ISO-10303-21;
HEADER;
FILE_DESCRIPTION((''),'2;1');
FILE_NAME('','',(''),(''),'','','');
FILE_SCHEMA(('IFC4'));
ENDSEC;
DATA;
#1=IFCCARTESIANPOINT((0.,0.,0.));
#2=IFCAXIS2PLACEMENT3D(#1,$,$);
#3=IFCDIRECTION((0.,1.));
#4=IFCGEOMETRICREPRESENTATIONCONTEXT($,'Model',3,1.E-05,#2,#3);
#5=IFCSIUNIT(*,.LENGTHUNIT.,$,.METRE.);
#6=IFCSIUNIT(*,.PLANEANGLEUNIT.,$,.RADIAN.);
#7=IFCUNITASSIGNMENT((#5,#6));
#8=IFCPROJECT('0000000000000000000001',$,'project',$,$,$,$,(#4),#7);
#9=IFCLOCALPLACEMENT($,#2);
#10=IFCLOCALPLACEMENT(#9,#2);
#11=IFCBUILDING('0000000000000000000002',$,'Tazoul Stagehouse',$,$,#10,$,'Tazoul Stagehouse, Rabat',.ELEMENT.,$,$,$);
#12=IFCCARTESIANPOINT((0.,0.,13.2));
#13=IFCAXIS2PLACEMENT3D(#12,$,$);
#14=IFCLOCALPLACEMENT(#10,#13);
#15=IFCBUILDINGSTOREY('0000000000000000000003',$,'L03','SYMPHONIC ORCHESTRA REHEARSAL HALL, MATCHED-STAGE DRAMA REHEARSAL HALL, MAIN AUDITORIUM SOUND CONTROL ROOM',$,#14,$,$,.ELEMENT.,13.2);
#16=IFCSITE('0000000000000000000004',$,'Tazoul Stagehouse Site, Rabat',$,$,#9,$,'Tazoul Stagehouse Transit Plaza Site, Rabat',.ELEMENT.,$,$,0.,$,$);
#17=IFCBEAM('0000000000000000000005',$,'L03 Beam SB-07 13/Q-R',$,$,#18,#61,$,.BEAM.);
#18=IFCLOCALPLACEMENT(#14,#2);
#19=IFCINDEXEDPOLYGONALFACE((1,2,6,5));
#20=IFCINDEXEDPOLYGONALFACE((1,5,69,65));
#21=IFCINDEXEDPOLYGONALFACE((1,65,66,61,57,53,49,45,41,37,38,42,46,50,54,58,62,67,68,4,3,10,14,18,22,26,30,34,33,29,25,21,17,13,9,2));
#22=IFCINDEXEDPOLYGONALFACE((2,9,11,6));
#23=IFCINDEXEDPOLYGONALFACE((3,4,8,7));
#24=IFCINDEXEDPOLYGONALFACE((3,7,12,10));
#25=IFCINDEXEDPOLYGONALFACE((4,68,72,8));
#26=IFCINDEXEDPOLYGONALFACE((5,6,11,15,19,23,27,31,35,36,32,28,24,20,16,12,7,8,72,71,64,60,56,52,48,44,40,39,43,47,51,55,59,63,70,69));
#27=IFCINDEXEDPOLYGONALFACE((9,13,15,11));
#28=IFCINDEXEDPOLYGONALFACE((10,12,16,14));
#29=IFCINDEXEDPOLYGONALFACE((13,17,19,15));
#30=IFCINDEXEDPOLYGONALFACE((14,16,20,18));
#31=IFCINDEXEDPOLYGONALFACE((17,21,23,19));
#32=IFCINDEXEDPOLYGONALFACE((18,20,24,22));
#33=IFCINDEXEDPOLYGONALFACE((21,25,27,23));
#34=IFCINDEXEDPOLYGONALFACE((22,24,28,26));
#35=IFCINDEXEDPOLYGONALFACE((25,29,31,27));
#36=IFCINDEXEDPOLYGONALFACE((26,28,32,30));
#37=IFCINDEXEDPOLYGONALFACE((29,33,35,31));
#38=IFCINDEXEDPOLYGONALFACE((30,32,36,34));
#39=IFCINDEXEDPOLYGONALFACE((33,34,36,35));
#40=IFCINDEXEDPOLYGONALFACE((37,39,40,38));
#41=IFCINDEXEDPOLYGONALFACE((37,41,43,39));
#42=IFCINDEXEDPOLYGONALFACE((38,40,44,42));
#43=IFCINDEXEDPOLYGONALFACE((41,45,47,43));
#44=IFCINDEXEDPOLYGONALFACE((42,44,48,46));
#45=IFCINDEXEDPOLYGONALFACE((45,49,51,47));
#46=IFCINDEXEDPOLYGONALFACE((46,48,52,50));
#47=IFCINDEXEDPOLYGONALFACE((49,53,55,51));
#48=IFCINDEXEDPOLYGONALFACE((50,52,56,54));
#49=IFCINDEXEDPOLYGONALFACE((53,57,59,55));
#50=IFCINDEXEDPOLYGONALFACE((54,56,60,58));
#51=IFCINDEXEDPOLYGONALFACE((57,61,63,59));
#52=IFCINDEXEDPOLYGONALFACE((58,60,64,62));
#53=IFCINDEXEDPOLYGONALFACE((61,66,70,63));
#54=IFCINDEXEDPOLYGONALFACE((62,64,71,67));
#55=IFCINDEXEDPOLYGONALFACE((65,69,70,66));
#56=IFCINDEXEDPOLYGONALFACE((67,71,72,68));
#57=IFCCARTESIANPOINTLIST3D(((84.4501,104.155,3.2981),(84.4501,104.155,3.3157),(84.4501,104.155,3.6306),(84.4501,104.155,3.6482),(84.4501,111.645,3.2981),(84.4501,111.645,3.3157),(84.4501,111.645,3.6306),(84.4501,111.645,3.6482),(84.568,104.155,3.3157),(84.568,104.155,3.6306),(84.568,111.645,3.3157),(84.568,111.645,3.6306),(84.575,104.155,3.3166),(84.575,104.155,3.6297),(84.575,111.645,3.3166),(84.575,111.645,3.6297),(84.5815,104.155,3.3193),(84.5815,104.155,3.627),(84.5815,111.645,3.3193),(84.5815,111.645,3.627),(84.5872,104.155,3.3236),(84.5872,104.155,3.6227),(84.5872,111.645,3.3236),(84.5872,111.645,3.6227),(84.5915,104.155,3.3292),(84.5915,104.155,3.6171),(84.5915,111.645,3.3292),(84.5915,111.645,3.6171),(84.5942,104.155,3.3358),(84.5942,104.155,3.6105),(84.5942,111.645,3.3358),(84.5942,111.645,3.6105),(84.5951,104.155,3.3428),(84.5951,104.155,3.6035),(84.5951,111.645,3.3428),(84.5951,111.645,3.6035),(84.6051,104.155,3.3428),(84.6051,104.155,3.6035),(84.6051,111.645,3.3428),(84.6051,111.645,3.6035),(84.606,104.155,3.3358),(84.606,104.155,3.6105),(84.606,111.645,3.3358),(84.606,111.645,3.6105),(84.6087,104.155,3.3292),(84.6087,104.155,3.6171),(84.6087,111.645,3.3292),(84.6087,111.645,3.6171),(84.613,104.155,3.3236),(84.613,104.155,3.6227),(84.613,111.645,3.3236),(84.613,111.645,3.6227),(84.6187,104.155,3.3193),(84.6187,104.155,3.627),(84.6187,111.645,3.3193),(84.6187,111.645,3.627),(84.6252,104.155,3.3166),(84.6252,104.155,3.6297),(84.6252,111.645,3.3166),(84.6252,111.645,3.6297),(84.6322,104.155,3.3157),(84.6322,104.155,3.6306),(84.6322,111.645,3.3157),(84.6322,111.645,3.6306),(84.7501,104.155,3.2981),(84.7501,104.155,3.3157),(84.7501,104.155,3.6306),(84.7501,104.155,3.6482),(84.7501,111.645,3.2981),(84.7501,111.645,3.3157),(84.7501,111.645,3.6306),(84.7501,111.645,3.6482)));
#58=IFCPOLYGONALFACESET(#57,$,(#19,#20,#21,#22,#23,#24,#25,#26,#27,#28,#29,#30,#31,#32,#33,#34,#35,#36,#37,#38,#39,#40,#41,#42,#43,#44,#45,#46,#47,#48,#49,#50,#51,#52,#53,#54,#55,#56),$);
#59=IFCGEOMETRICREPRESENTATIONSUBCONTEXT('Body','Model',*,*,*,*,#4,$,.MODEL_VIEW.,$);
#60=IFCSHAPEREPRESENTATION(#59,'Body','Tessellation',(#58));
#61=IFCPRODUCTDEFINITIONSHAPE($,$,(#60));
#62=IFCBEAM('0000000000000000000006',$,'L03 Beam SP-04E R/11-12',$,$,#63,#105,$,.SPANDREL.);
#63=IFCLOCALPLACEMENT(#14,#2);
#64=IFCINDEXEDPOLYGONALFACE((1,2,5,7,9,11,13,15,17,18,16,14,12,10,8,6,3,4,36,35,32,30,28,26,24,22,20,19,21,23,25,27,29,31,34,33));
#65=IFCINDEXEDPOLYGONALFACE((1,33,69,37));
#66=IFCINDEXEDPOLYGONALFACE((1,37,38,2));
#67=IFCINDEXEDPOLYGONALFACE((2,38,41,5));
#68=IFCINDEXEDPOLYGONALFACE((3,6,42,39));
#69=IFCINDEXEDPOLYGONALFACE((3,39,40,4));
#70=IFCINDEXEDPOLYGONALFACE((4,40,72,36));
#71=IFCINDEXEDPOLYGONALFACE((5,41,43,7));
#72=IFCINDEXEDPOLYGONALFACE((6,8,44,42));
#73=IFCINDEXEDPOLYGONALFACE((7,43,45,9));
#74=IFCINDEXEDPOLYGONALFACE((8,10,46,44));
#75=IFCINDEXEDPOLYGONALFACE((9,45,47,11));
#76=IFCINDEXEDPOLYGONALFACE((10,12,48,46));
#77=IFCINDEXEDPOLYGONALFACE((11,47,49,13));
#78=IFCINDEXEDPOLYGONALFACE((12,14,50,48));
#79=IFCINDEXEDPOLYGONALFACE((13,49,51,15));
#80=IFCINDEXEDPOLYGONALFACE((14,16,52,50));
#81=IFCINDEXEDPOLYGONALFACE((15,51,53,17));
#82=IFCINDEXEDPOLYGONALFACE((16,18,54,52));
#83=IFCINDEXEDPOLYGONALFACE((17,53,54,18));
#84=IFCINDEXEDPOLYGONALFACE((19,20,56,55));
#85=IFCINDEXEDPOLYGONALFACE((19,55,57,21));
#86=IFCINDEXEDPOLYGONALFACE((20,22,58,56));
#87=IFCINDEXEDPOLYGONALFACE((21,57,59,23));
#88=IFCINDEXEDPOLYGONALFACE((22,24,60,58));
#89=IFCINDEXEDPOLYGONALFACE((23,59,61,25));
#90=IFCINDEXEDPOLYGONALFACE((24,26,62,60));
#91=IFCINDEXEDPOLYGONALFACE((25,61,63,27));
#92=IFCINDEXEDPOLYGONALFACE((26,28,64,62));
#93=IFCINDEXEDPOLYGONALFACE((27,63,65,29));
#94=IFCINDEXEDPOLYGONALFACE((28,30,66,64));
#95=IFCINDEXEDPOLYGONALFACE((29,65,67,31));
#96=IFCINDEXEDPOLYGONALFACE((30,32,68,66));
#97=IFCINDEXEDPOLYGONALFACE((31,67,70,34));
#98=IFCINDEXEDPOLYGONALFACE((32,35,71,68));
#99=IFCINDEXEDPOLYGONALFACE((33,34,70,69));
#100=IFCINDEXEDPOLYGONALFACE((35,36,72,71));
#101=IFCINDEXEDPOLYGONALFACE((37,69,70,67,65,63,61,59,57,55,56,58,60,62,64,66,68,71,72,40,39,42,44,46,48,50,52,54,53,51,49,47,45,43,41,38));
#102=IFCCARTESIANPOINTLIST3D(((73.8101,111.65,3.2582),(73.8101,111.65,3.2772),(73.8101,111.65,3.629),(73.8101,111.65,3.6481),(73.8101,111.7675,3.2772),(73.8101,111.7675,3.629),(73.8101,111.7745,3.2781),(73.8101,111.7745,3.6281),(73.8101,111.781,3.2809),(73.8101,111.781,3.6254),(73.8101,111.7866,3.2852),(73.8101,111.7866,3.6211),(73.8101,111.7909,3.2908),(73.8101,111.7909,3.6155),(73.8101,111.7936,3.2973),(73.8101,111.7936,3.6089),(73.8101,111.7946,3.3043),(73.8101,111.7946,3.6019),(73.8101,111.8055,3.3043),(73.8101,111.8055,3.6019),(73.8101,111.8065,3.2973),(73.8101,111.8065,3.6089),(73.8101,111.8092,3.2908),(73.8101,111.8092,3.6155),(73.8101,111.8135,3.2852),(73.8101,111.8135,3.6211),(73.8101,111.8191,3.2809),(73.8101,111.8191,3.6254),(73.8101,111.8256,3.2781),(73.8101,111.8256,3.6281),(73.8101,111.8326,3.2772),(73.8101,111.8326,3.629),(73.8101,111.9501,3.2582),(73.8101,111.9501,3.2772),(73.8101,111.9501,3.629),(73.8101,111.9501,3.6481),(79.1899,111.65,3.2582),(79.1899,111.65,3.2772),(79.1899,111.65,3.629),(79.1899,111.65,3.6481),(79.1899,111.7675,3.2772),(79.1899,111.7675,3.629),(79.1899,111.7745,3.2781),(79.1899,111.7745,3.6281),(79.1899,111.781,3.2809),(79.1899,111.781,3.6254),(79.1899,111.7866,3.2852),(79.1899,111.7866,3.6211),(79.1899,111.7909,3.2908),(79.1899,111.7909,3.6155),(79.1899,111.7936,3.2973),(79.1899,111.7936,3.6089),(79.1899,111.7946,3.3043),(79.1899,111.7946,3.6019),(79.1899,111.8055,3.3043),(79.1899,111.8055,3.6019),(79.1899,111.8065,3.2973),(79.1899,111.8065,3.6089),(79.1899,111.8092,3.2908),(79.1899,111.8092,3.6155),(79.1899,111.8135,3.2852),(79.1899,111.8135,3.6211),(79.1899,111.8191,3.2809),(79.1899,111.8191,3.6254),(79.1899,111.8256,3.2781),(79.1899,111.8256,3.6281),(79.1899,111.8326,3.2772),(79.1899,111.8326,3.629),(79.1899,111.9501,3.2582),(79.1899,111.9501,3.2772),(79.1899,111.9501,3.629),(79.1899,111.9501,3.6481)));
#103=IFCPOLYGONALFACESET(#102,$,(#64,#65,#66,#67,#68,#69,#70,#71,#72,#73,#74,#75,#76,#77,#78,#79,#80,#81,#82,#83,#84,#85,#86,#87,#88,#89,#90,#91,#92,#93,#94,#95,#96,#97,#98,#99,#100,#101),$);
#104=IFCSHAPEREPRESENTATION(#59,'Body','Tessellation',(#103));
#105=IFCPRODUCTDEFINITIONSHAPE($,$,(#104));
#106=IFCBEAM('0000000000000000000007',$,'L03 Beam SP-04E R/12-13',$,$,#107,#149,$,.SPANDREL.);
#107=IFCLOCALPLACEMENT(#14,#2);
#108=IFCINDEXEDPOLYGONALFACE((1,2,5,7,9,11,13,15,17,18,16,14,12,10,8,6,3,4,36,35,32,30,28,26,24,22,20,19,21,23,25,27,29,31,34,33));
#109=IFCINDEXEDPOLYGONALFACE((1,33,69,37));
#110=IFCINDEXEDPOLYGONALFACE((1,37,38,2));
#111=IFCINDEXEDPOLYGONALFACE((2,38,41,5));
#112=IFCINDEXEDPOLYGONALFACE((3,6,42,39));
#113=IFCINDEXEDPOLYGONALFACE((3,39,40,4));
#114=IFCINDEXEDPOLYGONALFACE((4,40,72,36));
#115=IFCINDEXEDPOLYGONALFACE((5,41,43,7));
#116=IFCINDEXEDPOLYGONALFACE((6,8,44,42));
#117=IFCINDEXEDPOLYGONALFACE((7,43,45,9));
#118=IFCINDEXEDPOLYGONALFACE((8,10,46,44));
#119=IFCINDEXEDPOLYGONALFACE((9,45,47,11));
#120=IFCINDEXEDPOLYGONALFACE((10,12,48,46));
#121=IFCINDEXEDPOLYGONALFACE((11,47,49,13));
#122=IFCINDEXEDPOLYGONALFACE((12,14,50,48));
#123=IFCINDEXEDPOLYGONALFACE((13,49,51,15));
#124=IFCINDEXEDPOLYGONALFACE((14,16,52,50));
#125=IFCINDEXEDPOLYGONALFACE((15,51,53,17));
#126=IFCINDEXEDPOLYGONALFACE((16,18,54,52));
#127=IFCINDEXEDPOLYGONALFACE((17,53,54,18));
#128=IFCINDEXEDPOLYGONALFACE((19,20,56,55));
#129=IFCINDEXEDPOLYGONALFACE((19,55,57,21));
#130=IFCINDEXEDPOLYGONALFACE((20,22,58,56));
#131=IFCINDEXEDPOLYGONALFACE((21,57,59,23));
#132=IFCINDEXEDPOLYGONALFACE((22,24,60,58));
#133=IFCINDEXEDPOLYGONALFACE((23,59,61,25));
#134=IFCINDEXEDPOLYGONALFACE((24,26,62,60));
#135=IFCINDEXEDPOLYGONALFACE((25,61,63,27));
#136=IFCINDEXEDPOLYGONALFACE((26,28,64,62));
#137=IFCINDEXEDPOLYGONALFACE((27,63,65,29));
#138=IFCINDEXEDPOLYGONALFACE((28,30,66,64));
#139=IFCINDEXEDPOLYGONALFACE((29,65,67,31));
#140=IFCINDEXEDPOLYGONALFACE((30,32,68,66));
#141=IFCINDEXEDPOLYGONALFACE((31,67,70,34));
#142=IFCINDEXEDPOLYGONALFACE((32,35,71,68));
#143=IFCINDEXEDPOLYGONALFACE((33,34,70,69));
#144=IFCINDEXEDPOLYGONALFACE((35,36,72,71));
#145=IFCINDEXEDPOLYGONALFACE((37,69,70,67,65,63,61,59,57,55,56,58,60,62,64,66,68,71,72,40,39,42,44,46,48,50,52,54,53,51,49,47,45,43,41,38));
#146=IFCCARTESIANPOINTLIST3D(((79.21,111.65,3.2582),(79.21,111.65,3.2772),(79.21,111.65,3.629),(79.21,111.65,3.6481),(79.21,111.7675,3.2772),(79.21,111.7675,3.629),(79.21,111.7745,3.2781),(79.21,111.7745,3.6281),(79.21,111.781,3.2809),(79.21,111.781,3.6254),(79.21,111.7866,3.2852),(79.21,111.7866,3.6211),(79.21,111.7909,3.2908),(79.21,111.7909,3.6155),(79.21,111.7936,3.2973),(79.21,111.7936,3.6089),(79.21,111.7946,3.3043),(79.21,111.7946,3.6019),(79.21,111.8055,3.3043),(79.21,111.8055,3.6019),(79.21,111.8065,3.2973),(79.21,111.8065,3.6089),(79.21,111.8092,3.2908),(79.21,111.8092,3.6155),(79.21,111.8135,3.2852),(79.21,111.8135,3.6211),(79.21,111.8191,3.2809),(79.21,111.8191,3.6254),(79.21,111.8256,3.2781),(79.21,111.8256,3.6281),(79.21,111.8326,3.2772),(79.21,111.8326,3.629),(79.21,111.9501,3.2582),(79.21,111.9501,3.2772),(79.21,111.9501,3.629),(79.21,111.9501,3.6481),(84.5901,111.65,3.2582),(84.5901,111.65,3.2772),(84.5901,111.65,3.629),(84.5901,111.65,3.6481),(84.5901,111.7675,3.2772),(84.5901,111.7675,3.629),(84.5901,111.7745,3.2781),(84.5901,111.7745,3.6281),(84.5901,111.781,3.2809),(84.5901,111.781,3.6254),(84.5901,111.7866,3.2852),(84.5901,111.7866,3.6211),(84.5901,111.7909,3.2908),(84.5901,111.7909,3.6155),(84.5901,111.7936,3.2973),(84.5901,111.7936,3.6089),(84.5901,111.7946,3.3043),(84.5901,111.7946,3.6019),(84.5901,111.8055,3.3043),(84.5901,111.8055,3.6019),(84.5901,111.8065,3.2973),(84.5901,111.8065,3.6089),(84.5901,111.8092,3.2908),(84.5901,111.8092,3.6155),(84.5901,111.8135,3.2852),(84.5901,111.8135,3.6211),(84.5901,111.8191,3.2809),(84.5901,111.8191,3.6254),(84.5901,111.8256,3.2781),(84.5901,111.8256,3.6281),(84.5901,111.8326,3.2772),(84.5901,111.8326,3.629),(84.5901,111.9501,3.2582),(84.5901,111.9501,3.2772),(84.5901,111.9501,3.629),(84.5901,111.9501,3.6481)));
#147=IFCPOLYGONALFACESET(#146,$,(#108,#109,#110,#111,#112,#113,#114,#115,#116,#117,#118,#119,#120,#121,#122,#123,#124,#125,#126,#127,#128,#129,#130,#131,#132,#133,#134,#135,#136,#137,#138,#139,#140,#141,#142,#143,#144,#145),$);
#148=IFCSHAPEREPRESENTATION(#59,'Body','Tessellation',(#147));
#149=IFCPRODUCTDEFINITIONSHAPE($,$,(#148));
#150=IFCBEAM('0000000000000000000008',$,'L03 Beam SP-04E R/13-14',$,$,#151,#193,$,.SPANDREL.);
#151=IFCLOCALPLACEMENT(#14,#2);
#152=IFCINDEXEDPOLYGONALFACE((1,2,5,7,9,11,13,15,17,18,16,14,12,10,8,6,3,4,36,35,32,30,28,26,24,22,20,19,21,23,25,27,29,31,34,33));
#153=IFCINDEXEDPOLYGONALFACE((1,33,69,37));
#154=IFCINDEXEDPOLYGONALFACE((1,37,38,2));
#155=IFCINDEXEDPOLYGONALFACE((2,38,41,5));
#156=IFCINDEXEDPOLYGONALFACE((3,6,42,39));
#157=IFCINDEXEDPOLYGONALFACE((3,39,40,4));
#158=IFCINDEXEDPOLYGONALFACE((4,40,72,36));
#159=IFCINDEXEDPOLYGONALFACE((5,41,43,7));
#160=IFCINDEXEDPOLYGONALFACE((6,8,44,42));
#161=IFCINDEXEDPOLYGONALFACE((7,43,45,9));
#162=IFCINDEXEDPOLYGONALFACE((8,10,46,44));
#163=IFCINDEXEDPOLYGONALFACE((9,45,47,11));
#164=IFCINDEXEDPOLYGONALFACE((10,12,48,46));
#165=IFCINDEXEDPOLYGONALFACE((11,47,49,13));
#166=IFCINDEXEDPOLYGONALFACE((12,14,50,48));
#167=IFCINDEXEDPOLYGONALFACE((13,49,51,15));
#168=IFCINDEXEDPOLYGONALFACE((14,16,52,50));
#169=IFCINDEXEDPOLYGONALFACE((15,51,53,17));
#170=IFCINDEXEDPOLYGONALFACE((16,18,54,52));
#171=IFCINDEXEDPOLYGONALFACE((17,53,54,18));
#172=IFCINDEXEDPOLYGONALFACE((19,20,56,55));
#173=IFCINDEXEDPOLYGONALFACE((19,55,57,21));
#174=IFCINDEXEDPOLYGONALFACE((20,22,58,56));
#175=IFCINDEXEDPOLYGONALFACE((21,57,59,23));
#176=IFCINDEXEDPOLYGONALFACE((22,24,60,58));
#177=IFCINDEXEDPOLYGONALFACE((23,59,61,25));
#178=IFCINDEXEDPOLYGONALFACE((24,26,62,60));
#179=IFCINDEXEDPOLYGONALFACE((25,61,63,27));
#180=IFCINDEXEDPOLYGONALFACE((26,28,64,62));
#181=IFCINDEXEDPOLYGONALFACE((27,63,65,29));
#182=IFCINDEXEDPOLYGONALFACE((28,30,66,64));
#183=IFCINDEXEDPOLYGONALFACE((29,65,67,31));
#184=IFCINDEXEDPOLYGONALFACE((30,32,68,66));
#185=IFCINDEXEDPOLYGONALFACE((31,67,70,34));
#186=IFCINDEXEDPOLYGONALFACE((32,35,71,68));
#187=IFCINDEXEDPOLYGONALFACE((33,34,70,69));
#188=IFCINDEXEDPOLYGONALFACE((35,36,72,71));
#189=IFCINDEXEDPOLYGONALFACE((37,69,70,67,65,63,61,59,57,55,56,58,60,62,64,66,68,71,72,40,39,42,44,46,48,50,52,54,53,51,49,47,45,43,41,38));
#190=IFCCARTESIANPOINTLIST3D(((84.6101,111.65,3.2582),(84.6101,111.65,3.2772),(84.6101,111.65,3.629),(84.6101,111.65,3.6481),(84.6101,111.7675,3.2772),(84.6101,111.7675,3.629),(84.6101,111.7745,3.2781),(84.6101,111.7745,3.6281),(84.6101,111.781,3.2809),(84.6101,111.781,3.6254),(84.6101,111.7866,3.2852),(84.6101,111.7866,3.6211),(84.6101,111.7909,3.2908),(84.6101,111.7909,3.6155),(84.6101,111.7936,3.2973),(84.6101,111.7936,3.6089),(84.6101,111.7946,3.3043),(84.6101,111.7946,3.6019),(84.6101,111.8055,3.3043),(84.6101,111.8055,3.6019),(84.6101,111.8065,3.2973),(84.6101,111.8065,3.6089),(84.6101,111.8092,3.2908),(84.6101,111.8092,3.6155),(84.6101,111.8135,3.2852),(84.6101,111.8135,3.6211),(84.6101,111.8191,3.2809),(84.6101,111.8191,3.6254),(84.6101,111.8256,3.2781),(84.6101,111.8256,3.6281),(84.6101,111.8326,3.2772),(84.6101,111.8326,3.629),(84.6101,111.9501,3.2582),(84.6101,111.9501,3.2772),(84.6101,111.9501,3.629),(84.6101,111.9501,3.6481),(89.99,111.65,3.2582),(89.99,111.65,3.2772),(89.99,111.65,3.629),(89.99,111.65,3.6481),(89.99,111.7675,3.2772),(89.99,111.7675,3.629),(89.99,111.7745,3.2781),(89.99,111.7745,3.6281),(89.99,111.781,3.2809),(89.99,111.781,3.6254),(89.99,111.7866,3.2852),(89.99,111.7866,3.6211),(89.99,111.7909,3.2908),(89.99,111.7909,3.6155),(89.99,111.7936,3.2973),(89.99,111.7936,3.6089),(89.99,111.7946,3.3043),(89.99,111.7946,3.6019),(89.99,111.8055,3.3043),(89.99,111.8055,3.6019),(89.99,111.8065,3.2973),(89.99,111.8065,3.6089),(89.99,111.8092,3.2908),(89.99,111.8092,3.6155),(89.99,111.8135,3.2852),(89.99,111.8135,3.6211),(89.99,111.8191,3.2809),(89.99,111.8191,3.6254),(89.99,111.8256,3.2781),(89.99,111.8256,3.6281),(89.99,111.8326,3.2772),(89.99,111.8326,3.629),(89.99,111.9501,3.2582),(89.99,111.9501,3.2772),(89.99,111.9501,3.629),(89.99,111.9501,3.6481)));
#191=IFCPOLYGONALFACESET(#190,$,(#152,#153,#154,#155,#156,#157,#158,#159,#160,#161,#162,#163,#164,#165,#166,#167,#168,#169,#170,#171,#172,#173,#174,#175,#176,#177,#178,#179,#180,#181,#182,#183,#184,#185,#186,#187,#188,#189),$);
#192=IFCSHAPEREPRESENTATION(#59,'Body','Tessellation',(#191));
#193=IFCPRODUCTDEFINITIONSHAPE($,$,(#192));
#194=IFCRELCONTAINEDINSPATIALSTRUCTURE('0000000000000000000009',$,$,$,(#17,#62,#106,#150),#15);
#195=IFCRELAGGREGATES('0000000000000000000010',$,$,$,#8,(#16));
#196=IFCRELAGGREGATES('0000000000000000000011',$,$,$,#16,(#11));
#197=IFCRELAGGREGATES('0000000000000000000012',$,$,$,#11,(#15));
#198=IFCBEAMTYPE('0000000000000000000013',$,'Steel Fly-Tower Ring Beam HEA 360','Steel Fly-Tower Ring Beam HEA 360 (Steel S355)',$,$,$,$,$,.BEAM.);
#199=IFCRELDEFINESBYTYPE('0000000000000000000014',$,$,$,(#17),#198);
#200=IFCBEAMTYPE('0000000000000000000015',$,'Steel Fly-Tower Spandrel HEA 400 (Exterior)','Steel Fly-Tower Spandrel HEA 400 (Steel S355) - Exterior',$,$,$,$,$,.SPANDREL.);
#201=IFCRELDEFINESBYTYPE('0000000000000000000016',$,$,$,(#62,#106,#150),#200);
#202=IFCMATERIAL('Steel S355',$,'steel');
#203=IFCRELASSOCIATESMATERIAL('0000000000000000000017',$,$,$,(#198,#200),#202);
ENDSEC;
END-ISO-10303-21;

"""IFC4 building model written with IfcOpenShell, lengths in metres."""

from ifc_helpers import new_model, si_unit, direction, frame, origin, origin_2d, place, context, subcontext, project, spatial, i_section, extrude, material, material_profile, profile_set, type_object, element, save


model = new_model("IFC4")

# Units and contexts
model_context = context("Model", 3, precision=1e-05, world=origin(), true_north=direction((0.0, 1.0)))
body_context = subcontext(model_context, "Body", "Model", "MODEL_VIEW")
ifc_project = project(units=[si_unit("LENGTHUNIT", "METRE"), si_unit("PLANEANGLEUNIT", "RADIAN")], contexts=[model_context])

# Site, building, storey
site_placement = place(None, origin())
site = spatial("IfcSite", under=ifc_project, at=site_placement, Name="Tazoul Stagehouse Site, Rabat", LongName="Tazoul Stagehouse Transit Plaza Site, Rabat", CompositionType="ELEMENT", RefElevation=0.0)
building_placement = place(site_placement, origin())
building = spatial("IfcBuilding", under=site, at=building_placement, Name="Tazoul Stagehouse", LongName="Tazoul Stagehouse, Rabat", CompositionType="ELEMENT")
storey_placement = place(building_placement, frame((0.0, 0.0, 13.2)))
storey = spatial("IfcBuildingStorey", under=building, at=storey_placement, Name="L03", Description="SYMPHONIC ORCHESTRA REHEARSAL HALL, MATCHED-STAGE DRAMA REHEARSAL HALL, MAIN AUDITORIUM SOUND CONTROL ROOM", CompositionType="ELEMENT", Elevation=13.2)

# Shared definitions
ifc_material_1 = material(Name="Steel S355", Category="steel")

# Beams
ifc_material_profile_1 = material_profile(ifc_material_1, i_section(OverallWidth=0.3, OverallDepth=0.3501, WebThickness=0.01, FlangeThickness=0.0176, FilletRadius=0.0271, at=origin_2d()), Name="HEA 360")
ifc_profile_set_1 = profile_set([ifc_material_profile_1], Name="Steel S355")
beam_type_1 = type_object("IfcBeamType", Name="Steel Fly-Tower Ring Beam HEA 360", Description="Steel Fly-Tower Ring Beam HEA 360 (Steel S355)", PredefinedType="BEAM", material=ifc_profile_set_1)
for number, where, z_axis, x_axis, name in (
    (1, (84.6001, 104.155, 3.4731), (0.0, 1.0, 0.0), (-1.0, 0.0, 0.0), "L03 Beam SB-07 13/Q-R"),
):
    element("IfcBeam", number, at=place(storey_placement, frame(where, z_axis=z_axis, x_axis=x_axis)), inside=storey, type_object=beam_type_1, Name=name, PredefinedType="BEAM", context=body_context, shape_type="SweptSolid", body=[
        extrude(i_section(OverallWidth=0.3, OverallDepth=0.3501, WebThickness=0.01, FlangeThickness=0.0176, FilletRadius=0.0271, at=origin_2d()), origin(), (0.0, 0.0, 1.0), 7.49),
    ])
ifc_material_profile_2 = material_profile(ifc_material_1, i_section(OverallWidth=0.3, OverallDepth=0.3899, WebThickness=0.011, FlangeThickness=0.019, FilletRadius=0.0271, at=origin_2d()), Name="HEA 400")
ifc_profile_set_2 = profile_set([ifc_material_profile_2], Name="Steel S355")
beam_type_2 = type_object("IfcBeamType", Name="Steel Fly-Tower Spandrel HEA 400 (Exterior)", Description="Steel Fly-Tower Spandrel HEA 400 (Steel S355) - Exterior", PredefinedType="SPANDREL", material=ifc_profile_set_2)
beam_1_placement = place(storey_placement, frame((73.8101, 111.8, 3.4531), z_axis=(1.0, 0.0, 0.0), x_axis=(0.0, 1.0, 0.0)))
element("IfcBeam", 2, at=beam_1_placement, inside=storey, type_object=beam_type_2, Name="L03 Beam SP-04E R/11-12", PredefinedType="SPANDREL", context=body_context, shape_type="SweptSolid", body=[
    extrude(i_section(OverallWidth=0.3, OverallDepth=0.3899, WebThickness=0.011, FlangeThickness=0.019, FilletRadius=0.0271, at=origin_2d()), origin(), (0.0, 0.0, 1.0), 5.3799),
])
beam_2_placement = place(storey_placement, frame((79.21, 111.8, 3.4531), z_axis=(1.0, 0.0, 0.0), x_axis=(0.0, 1.0, 0.0)))
element("IfcBeam", 3, at=beam_2_placement, inside=storey, type_object=beam_type_2, Name="L03 Beam SP-04E R/12-13", PredefinedType="SPANDREL", context=body_context, shape_type="SweptSolid", body=[
    extrude(i_section(OverallWidth=0.3, OverallDepth=0.3899, WebThickness=0.011, FlangeThickness=0.019, FilletRadius=0.0271, at=origin_2d()), origin(), (0.0, 0.0, 1.0), 5.3801),
])
for number, where, z_axis, x_axis, name in (
    (4, (84.6101, 111.8, 3.4531), (1.0, 0.0, 0.0), (0.0, 1.0, 0.0), "L03 Beam SP-04E R/13-14"),
):
    element("IfcBeam", number, at=place(storey_placement, frame(where, z_axis=z_axis, x_axis=x_axis)), inside=storey, type_object=beam_type_2, Name=name, PredefinedType="SPANDREL", context=body_context, shape_type="SweptSolid", body=[
        extrude(i_section(OverallWidth=0.3, OverallDepth=0.3899, WebThickness=0.011, FlangeThickness=0.019, FilletRadius=0.0271, at=origin_2d()), origin(), (0.0, 0.0, 1.0), 5.3799),
    ])

save(model, "model.ifc")
